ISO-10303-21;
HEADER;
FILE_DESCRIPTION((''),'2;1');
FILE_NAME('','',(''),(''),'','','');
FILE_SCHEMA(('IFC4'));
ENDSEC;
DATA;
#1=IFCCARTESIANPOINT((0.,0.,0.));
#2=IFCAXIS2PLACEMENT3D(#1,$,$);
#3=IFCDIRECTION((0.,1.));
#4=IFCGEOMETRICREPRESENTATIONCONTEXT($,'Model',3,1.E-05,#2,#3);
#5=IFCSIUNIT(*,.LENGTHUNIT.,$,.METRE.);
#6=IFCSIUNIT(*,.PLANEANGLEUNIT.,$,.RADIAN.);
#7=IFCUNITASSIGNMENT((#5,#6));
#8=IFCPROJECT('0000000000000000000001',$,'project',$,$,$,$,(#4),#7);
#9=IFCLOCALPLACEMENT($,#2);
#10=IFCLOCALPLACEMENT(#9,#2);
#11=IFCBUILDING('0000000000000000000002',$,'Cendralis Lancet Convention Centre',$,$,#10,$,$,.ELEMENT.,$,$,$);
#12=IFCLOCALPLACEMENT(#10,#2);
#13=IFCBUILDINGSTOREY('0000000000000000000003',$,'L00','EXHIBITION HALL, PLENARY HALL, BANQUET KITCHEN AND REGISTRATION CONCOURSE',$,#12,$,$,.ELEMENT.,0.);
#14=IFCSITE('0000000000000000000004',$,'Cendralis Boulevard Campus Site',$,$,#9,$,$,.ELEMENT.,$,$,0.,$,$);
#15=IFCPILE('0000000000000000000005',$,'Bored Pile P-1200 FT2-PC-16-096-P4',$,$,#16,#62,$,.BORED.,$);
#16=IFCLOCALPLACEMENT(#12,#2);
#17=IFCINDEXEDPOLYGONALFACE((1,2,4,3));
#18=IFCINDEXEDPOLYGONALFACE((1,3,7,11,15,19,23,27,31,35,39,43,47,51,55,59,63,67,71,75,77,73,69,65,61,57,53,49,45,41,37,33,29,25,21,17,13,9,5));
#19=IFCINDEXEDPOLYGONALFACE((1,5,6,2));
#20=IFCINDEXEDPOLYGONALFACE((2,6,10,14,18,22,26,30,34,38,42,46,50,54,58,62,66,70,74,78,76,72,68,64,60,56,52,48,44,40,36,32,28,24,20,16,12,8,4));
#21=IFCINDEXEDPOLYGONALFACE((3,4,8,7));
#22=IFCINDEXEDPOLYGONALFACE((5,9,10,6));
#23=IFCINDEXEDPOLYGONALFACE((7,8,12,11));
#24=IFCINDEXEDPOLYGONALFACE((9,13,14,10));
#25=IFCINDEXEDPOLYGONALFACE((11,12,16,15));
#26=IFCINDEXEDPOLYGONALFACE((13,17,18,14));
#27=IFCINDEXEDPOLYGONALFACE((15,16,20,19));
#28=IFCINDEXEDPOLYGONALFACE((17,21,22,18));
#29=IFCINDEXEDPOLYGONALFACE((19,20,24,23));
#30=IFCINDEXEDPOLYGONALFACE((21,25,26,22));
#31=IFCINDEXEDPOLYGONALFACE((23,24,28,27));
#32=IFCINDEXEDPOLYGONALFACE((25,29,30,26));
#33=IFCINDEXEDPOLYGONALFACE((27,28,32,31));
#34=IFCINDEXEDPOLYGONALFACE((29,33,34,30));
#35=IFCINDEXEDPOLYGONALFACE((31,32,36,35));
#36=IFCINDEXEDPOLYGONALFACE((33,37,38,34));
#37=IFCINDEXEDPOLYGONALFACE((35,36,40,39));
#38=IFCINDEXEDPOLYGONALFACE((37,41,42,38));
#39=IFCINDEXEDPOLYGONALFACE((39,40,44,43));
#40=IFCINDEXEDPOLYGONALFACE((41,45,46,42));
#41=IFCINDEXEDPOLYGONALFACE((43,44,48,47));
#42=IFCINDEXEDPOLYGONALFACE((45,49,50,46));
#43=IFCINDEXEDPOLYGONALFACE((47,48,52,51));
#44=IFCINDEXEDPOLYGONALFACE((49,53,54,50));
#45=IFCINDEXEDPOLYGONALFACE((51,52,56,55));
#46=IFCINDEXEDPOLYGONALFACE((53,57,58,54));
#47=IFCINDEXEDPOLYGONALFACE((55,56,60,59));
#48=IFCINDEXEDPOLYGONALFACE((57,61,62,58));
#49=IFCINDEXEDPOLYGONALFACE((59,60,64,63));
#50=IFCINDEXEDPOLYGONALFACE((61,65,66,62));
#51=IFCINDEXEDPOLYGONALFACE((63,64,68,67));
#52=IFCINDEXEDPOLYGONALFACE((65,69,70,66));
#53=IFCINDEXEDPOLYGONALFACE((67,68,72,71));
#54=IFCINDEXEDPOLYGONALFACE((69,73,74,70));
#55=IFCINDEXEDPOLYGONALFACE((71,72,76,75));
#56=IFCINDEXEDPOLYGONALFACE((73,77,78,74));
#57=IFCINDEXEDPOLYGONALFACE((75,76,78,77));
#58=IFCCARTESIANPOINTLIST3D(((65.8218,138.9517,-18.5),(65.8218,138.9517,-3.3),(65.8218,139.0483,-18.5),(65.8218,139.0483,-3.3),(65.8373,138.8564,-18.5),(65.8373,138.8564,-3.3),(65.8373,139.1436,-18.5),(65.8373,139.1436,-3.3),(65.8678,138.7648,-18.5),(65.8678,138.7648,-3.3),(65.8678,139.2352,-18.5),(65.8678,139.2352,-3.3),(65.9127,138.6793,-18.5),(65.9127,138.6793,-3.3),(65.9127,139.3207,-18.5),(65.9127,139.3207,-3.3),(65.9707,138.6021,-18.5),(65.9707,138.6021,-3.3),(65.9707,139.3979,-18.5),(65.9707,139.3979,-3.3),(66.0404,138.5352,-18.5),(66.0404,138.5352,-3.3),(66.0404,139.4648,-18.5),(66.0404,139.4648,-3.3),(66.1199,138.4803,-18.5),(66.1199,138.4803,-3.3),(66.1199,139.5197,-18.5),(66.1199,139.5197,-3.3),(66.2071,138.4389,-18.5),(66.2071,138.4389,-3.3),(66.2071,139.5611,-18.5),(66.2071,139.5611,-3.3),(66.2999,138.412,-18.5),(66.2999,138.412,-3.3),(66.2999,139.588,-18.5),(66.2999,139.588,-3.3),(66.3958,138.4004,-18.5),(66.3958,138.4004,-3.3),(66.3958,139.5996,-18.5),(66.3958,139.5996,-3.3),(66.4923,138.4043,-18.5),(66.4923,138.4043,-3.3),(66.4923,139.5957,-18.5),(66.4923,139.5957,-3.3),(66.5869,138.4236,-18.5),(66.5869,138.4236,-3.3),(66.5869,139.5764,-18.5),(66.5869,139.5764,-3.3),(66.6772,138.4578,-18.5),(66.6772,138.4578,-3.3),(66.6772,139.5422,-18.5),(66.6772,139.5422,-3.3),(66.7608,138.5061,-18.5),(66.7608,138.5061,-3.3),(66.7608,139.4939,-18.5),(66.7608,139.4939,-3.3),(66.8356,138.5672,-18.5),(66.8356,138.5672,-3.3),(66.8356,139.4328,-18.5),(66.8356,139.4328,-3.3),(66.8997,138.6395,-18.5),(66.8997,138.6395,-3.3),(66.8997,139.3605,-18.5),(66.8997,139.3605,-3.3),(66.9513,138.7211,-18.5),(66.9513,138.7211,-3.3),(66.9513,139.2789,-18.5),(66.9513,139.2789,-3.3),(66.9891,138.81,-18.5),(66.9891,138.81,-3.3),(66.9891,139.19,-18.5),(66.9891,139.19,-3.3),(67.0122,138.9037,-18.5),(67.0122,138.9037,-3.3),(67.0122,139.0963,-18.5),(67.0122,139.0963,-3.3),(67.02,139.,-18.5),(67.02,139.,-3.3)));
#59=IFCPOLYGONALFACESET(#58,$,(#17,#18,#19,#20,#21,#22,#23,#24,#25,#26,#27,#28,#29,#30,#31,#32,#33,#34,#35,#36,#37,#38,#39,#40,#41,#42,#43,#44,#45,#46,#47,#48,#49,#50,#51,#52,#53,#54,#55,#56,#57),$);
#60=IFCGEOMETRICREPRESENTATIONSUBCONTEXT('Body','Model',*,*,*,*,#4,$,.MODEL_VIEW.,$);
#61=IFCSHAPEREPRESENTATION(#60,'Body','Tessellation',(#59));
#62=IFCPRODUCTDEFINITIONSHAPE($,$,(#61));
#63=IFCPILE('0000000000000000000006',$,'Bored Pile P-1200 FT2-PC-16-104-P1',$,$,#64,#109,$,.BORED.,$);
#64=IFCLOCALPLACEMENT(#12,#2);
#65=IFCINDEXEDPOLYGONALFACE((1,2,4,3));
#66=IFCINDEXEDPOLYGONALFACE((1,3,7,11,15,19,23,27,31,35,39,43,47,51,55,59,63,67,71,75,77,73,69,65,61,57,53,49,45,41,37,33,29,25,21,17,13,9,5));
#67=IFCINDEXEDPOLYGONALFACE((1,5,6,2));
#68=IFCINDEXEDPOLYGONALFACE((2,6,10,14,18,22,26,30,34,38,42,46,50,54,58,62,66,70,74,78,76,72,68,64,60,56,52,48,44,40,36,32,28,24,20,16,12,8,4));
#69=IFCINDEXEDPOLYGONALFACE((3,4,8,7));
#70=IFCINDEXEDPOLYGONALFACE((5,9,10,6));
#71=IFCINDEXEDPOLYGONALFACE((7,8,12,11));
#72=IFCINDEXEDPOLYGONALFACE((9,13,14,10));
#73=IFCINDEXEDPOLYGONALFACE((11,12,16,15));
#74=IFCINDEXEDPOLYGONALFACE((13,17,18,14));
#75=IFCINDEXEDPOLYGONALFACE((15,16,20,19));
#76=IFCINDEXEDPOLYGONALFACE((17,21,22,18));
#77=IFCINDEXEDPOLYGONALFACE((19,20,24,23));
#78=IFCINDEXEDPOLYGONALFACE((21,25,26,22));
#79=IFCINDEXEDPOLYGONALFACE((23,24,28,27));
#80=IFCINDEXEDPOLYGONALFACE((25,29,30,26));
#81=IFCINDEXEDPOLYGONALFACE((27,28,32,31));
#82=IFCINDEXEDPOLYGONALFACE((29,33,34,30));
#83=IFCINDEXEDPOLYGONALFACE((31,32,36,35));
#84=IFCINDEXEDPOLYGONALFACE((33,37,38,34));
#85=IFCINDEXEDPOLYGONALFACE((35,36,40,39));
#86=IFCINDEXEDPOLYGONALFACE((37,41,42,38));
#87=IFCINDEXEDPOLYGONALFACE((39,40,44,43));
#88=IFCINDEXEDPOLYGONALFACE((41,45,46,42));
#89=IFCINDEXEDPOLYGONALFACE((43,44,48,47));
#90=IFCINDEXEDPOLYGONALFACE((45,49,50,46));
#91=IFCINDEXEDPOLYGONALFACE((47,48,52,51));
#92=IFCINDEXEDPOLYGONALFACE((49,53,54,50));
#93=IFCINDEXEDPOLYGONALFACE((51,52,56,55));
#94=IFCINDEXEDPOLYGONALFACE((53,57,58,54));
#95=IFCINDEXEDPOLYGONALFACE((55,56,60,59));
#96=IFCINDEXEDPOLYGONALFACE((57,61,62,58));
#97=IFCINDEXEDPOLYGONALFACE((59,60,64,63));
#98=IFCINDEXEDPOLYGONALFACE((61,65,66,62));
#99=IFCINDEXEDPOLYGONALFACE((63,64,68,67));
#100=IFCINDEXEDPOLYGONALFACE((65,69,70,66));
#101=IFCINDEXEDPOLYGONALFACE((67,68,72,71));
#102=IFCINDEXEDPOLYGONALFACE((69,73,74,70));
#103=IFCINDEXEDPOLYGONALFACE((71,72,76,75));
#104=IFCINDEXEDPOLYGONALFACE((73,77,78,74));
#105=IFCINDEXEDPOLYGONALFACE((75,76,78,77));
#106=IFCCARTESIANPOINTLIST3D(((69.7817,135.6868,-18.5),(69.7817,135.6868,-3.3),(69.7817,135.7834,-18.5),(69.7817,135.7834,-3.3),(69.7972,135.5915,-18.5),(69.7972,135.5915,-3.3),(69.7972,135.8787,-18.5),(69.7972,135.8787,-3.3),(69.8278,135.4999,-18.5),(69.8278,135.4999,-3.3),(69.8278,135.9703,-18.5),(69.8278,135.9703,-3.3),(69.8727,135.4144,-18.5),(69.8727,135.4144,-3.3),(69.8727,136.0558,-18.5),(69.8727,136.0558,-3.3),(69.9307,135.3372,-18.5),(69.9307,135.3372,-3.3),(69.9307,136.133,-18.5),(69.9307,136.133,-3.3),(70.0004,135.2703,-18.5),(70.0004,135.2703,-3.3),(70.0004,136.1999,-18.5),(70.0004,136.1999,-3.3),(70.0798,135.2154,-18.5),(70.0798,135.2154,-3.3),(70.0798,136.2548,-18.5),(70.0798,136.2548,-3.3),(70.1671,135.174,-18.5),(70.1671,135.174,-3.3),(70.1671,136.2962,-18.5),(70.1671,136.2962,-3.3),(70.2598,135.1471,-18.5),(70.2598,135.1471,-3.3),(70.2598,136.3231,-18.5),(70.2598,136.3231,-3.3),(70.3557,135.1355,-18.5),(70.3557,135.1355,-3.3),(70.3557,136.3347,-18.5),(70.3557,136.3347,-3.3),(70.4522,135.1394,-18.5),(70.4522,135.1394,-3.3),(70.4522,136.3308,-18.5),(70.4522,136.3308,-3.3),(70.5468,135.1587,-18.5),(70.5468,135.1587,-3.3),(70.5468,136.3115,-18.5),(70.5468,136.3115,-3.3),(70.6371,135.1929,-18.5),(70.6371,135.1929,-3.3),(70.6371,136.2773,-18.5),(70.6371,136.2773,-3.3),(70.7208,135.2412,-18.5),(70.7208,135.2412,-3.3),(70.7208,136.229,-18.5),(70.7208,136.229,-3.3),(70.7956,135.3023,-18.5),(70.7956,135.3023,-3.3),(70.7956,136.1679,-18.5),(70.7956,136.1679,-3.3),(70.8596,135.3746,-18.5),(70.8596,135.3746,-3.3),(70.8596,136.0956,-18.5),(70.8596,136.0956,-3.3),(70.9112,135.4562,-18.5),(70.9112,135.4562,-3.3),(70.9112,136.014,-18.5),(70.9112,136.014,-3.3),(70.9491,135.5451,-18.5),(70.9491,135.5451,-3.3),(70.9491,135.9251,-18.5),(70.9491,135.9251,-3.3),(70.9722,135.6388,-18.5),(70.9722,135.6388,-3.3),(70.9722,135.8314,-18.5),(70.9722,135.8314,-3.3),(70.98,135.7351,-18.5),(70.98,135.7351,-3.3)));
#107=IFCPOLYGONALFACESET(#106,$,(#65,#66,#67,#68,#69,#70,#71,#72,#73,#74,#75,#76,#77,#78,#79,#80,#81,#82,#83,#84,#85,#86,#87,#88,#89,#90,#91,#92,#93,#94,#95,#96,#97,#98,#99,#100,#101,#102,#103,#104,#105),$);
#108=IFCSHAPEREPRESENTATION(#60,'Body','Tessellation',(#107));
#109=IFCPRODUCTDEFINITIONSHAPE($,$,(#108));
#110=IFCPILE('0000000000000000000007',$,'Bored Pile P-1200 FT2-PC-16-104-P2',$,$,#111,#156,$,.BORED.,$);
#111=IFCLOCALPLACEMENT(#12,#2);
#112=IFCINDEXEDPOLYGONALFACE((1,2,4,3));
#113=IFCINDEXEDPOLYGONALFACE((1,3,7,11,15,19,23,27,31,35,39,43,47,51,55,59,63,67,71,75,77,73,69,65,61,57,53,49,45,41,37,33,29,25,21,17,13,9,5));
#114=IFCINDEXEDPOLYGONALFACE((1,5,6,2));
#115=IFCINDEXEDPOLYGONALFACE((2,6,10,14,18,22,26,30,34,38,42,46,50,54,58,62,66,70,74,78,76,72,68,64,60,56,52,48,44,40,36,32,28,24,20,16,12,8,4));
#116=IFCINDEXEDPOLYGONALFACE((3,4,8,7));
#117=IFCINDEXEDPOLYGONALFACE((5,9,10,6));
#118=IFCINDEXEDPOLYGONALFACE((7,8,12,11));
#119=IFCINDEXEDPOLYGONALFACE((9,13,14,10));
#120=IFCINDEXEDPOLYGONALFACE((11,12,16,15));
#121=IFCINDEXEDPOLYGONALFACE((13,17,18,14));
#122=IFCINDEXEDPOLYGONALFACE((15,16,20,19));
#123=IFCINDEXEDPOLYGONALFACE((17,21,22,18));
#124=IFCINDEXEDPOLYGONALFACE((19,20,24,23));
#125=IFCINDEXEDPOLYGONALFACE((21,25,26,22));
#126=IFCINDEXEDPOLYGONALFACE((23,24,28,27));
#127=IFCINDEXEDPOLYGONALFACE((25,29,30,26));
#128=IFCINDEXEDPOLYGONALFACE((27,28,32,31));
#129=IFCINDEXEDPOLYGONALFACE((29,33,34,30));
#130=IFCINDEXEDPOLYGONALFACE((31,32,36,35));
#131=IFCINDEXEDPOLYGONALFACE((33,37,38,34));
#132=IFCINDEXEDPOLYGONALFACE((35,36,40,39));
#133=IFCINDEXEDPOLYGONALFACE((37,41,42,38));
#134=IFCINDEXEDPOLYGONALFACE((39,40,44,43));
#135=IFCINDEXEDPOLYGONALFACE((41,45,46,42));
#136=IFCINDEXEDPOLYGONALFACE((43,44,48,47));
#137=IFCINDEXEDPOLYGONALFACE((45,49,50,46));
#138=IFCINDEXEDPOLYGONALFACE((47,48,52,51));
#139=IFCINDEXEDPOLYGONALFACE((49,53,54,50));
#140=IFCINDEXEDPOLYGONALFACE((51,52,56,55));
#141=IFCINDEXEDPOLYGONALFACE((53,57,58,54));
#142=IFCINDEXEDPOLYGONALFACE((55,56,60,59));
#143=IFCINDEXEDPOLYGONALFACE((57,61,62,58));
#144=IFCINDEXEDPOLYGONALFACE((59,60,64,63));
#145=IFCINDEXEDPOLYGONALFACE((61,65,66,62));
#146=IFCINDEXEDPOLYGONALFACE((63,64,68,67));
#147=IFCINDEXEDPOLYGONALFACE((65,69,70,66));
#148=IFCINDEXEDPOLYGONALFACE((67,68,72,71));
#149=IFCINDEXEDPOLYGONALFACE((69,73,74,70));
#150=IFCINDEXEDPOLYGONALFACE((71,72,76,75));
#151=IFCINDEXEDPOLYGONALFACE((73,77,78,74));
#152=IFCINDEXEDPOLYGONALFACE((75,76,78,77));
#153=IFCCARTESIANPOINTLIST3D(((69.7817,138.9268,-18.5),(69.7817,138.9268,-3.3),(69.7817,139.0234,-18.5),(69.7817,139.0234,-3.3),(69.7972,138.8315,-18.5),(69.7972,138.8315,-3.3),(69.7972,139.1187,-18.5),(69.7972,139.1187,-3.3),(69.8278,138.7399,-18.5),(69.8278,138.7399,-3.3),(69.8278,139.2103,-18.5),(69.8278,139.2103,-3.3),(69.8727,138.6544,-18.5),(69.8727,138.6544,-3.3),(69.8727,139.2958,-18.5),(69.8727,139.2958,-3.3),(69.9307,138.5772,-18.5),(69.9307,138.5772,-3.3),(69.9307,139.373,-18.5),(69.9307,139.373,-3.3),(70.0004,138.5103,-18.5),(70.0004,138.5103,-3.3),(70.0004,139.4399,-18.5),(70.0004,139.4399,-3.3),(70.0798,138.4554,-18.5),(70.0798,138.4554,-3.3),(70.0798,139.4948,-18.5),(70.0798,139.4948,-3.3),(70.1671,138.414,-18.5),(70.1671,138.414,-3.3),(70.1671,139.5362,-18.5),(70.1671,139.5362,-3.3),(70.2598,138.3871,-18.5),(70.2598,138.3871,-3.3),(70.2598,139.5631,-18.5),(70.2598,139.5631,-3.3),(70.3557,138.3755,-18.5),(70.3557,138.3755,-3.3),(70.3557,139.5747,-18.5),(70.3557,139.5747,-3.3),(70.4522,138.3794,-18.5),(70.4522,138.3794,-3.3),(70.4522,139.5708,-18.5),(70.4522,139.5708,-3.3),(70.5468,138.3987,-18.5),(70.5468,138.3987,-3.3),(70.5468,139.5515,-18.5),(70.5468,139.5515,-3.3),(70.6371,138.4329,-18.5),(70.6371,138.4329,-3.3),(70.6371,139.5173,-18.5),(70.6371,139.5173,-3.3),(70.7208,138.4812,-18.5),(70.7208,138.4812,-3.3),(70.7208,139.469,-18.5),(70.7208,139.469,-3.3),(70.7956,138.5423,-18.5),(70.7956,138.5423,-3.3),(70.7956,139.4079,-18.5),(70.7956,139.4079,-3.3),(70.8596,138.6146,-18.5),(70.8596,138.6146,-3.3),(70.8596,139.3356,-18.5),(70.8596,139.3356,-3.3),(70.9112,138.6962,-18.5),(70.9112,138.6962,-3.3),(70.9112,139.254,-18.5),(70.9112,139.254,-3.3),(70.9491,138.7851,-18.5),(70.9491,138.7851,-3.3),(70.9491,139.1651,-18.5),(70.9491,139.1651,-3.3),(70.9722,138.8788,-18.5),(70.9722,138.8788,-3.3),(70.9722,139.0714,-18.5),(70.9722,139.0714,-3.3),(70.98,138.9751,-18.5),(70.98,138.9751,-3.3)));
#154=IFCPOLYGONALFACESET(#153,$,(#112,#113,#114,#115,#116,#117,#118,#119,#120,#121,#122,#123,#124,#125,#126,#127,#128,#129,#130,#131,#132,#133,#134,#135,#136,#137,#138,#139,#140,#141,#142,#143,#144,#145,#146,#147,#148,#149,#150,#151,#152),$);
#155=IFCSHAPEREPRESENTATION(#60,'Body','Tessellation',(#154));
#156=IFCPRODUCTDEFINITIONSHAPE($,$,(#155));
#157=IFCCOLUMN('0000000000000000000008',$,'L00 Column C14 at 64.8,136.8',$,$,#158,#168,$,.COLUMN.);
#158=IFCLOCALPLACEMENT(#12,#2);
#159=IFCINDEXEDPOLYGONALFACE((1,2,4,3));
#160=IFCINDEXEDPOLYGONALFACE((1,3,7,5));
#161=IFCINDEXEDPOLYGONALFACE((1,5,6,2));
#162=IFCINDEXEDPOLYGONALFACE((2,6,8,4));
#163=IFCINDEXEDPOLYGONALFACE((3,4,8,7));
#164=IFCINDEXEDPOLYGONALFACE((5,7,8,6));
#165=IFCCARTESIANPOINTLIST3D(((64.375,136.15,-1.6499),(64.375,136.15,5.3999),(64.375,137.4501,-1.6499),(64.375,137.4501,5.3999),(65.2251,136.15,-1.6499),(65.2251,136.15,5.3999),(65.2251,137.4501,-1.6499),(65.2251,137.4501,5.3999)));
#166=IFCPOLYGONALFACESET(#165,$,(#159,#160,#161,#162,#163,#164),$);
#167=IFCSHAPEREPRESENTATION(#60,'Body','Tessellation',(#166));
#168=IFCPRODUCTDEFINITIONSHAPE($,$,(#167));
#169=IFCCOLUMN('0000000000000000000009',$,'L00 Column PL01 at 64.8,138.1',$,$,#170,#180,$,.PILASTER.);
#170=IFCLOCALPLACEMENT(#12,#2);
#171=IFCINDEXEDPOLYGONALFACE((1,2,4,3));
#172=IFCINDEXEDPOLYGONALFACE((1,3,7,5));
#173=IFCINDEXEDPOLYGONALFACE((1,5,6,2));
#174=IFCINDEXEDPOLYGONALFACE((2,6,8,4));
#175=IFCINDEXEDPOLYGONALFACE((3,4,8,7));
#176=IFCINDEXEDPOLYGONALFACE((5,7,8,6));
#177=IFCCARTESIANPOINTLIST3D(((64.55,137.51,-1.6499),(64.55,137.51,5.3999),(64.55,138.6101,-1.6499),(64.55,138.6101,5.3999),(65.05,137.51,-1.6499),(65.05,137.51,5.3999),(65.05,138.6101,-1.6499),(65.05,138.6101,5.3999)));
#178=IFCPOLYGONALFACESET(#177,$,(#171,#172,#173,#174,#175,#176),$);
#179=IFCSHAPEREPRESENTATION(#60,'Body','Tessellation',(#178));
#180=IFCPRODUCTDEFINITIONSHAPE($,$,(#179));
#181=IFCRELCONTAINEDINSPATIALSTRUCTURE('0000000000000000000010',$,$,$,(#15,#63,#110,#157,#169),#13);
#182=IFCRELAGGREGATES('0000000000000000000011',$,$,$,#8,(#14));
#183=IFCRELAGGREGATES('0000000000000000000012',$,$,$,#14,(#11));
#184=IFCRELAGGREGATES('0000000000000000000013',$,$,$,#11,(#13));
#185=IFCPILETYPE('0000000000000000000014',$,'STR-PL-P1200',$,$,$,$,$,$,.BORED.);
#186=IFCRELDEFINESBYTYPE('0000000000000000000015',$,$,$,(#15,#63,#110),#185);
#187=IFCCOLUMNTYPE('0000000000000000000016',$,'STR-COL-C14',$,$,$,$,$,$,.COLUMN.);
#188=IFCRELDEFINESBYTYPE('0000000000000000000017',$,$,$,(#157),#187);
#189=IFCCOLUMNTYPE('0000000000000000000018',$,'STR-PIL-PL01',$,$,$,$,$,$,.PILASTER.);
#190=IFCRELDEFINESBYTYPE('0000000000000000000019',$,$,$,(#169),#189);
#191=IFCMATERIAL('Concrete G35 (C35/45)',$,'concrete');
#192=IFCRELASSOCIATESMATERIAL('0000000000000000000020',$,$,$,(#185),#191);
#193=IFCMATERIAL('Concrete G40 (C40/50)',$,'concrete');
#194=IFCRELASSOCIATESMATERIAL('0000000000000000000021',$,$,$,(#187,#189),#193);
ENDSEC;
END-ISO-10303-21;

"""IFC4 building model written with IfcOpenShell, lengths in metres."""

from ifc_helpers import new_model, si_unit, direction, frame, origin, origin_2d, place, context, subcontext, project, spatial, rectangle, circle, extrude, material, material_profile, profile_set, type_object, element, save


model = new_model("IFC4")

# Units and contexts
model_context = context("Model", 3, precision=1e-05, world=origin(), true_north=direction((0.0, 1.0)))
body_context = subcontext(model_context, "Body", "Model", "MODEL_VIEW")
ifc_project = project(units=[si_unit("LENGTHUNIT", "METRE"), si_unit("PLANEANGLEUNIT", "RADIAN")], contexts=[model_context])

# Site, building, storey
site_placement = place(None, origin())
site = spatial("IfcSite", under=ifc_project, at=site_placement, Name="Cendralis Boulevard Campus Site", CompositionType="ELEMENT", RefElevation=0.0)
building_placement = place(site_placement, origin())
building = spatial("IfcBuilding", under=site, at=building_placement, Name="Cendralis Lancet Convention Centre", CompositionType="ELEMENT")
storey_placement = place(building_placement, origin())
storey = spatial("IfcBuildingStorey", under=building, at=storey_placement, Name="L00", Description="EXHIBITION HALL, PLENARY HALL, BANQUET KITCHEN AND REGISTRATION CONCOURSE", CompositionType="ELEMENT", Elevation=0.0)

# Shared definitions
ifc_material_1 = material(Name="Concrete G35 (C35/45)", Category="concrete")

# Piles
ifc_material_profile_1 = material_profile(ifc_material_1, circle(Radius=0.6001, at=origin_2d()), Name="BORED PILE D1200")
ifc_profile_set_1 = profile_set([ifc_material_profile_1], Name="Concrete G35 (C35/45)")
pile_type = type_object("IfcPileType", Name="STR-PL-P1200", PredefinedType="BORED", material=ifc_profile_set_1)
for number, where, z_axis, x_axis, name in (
    (1, (66.4199, 139.0, -3.3), (0.0, 0.0, -1.0), (1.0, 0.0, 0.0), "Bored Pile P-1200 FT2-PC-16-096-P4"),
    (2, (70.3799, 135.7351, -3.3), (0.0, 0.0, -1.0), (1.0, 0.0, 0.0), "Bored Pile P-1200 FT2-PC-16-104-P1"),
    (3, (70.3799, 138.9751, -3.3), (0.0, 0.0, -1.0), (1.0, 0.0, 0.0), "Bored Pile P-1200 FT2-PC-16-104-P2"),
):
    element("IfcPile", number, at=place(storey_placement, frame(where, z_axis=z_axis, x_axis=x_axis)), inside=storey, type_object=pile_type, Name=name, PredefinedType="BORED", context=body_context, shape_type="SweptSolid", body=[
        extrude(circle(Radius=0.6001, at=origin_2d()), origin(), (0.0, 0.0, 1.0), 15.2),
    ])

# Columns
ifc_material_2 = material(Name="Concrete G40 (C40/50)", Category="concrete")
ifc_material_profile_2 = material_profile(ifc_material_2, rectangle(XDim=0.8501, YDim=1.3, at=origin_2d()), Name="RC 850x1300")
ifc_profile_set_2 = profile_set([ifc_material_profile_2], Name="Concrete G40 (C40/50)")
column_type_1 = type_object("IfcColumnType", Name="STR-COL-C14", PredefinedType="COLUMN", material=ifc_profile_set_2)
column_1_placement = place(storey_placement, frame((64.8, 136.8, -1.6499), z_axis=(0.0, 0.0, 1.0), x_axis=(1.0, 0.0, 0.0)))
element("IfcColumn", 4, at=column_1_placement, inside=storey, type_object=column_type_1, Name="L00 Column C14 at 64.8,136.8", PredefinedType="COLUMN", context=body_context, shape_type="SweptSolid", body=[
    extrude(rectangle(XDim=0.8501, YDim=1.3, at=origin_2d()), origin(), (0.0, 0.0, 1.0), 7.0498),
])
ifc_material_profile_3 = material_profile(ifc_material_2, rectangle(XDim=0.5, YDim=1.1001, at=origin_2d()), Name="RC 500x1100")
ifc_profile_set_3 = profile_set([ifc_material_profile_3], Name="Concrete G40 (C40/50)")
column_type_2 = type_object("IfcColumnType", Name="STR-PIL-PL01", PredefinedType="PILASTER", material=ifc_profile_set_3)
column_2_placement = place(storey_placement, frame((64.8, 138.0601, -1.6499), z_axis=(0.0, 0.0, 1.0), x_axis=(1.0, 0.0, 0.0)))
element("IfcColumn", 5, at=column_2_placement, inside=storey, type_object=column_type_2, Name="L00 Column PL01 at 64.8,138.1", PredefinedType="PILASTER", context=body_context, shape_type="SweptSolid", body=[
    extrude(rectangle(XDim=0.5, YDim=1.1001, at=origin_2d()), origin(), (0.0, 0.0, 1.0), 7.0498),
])

save(model, "model.ifc")
